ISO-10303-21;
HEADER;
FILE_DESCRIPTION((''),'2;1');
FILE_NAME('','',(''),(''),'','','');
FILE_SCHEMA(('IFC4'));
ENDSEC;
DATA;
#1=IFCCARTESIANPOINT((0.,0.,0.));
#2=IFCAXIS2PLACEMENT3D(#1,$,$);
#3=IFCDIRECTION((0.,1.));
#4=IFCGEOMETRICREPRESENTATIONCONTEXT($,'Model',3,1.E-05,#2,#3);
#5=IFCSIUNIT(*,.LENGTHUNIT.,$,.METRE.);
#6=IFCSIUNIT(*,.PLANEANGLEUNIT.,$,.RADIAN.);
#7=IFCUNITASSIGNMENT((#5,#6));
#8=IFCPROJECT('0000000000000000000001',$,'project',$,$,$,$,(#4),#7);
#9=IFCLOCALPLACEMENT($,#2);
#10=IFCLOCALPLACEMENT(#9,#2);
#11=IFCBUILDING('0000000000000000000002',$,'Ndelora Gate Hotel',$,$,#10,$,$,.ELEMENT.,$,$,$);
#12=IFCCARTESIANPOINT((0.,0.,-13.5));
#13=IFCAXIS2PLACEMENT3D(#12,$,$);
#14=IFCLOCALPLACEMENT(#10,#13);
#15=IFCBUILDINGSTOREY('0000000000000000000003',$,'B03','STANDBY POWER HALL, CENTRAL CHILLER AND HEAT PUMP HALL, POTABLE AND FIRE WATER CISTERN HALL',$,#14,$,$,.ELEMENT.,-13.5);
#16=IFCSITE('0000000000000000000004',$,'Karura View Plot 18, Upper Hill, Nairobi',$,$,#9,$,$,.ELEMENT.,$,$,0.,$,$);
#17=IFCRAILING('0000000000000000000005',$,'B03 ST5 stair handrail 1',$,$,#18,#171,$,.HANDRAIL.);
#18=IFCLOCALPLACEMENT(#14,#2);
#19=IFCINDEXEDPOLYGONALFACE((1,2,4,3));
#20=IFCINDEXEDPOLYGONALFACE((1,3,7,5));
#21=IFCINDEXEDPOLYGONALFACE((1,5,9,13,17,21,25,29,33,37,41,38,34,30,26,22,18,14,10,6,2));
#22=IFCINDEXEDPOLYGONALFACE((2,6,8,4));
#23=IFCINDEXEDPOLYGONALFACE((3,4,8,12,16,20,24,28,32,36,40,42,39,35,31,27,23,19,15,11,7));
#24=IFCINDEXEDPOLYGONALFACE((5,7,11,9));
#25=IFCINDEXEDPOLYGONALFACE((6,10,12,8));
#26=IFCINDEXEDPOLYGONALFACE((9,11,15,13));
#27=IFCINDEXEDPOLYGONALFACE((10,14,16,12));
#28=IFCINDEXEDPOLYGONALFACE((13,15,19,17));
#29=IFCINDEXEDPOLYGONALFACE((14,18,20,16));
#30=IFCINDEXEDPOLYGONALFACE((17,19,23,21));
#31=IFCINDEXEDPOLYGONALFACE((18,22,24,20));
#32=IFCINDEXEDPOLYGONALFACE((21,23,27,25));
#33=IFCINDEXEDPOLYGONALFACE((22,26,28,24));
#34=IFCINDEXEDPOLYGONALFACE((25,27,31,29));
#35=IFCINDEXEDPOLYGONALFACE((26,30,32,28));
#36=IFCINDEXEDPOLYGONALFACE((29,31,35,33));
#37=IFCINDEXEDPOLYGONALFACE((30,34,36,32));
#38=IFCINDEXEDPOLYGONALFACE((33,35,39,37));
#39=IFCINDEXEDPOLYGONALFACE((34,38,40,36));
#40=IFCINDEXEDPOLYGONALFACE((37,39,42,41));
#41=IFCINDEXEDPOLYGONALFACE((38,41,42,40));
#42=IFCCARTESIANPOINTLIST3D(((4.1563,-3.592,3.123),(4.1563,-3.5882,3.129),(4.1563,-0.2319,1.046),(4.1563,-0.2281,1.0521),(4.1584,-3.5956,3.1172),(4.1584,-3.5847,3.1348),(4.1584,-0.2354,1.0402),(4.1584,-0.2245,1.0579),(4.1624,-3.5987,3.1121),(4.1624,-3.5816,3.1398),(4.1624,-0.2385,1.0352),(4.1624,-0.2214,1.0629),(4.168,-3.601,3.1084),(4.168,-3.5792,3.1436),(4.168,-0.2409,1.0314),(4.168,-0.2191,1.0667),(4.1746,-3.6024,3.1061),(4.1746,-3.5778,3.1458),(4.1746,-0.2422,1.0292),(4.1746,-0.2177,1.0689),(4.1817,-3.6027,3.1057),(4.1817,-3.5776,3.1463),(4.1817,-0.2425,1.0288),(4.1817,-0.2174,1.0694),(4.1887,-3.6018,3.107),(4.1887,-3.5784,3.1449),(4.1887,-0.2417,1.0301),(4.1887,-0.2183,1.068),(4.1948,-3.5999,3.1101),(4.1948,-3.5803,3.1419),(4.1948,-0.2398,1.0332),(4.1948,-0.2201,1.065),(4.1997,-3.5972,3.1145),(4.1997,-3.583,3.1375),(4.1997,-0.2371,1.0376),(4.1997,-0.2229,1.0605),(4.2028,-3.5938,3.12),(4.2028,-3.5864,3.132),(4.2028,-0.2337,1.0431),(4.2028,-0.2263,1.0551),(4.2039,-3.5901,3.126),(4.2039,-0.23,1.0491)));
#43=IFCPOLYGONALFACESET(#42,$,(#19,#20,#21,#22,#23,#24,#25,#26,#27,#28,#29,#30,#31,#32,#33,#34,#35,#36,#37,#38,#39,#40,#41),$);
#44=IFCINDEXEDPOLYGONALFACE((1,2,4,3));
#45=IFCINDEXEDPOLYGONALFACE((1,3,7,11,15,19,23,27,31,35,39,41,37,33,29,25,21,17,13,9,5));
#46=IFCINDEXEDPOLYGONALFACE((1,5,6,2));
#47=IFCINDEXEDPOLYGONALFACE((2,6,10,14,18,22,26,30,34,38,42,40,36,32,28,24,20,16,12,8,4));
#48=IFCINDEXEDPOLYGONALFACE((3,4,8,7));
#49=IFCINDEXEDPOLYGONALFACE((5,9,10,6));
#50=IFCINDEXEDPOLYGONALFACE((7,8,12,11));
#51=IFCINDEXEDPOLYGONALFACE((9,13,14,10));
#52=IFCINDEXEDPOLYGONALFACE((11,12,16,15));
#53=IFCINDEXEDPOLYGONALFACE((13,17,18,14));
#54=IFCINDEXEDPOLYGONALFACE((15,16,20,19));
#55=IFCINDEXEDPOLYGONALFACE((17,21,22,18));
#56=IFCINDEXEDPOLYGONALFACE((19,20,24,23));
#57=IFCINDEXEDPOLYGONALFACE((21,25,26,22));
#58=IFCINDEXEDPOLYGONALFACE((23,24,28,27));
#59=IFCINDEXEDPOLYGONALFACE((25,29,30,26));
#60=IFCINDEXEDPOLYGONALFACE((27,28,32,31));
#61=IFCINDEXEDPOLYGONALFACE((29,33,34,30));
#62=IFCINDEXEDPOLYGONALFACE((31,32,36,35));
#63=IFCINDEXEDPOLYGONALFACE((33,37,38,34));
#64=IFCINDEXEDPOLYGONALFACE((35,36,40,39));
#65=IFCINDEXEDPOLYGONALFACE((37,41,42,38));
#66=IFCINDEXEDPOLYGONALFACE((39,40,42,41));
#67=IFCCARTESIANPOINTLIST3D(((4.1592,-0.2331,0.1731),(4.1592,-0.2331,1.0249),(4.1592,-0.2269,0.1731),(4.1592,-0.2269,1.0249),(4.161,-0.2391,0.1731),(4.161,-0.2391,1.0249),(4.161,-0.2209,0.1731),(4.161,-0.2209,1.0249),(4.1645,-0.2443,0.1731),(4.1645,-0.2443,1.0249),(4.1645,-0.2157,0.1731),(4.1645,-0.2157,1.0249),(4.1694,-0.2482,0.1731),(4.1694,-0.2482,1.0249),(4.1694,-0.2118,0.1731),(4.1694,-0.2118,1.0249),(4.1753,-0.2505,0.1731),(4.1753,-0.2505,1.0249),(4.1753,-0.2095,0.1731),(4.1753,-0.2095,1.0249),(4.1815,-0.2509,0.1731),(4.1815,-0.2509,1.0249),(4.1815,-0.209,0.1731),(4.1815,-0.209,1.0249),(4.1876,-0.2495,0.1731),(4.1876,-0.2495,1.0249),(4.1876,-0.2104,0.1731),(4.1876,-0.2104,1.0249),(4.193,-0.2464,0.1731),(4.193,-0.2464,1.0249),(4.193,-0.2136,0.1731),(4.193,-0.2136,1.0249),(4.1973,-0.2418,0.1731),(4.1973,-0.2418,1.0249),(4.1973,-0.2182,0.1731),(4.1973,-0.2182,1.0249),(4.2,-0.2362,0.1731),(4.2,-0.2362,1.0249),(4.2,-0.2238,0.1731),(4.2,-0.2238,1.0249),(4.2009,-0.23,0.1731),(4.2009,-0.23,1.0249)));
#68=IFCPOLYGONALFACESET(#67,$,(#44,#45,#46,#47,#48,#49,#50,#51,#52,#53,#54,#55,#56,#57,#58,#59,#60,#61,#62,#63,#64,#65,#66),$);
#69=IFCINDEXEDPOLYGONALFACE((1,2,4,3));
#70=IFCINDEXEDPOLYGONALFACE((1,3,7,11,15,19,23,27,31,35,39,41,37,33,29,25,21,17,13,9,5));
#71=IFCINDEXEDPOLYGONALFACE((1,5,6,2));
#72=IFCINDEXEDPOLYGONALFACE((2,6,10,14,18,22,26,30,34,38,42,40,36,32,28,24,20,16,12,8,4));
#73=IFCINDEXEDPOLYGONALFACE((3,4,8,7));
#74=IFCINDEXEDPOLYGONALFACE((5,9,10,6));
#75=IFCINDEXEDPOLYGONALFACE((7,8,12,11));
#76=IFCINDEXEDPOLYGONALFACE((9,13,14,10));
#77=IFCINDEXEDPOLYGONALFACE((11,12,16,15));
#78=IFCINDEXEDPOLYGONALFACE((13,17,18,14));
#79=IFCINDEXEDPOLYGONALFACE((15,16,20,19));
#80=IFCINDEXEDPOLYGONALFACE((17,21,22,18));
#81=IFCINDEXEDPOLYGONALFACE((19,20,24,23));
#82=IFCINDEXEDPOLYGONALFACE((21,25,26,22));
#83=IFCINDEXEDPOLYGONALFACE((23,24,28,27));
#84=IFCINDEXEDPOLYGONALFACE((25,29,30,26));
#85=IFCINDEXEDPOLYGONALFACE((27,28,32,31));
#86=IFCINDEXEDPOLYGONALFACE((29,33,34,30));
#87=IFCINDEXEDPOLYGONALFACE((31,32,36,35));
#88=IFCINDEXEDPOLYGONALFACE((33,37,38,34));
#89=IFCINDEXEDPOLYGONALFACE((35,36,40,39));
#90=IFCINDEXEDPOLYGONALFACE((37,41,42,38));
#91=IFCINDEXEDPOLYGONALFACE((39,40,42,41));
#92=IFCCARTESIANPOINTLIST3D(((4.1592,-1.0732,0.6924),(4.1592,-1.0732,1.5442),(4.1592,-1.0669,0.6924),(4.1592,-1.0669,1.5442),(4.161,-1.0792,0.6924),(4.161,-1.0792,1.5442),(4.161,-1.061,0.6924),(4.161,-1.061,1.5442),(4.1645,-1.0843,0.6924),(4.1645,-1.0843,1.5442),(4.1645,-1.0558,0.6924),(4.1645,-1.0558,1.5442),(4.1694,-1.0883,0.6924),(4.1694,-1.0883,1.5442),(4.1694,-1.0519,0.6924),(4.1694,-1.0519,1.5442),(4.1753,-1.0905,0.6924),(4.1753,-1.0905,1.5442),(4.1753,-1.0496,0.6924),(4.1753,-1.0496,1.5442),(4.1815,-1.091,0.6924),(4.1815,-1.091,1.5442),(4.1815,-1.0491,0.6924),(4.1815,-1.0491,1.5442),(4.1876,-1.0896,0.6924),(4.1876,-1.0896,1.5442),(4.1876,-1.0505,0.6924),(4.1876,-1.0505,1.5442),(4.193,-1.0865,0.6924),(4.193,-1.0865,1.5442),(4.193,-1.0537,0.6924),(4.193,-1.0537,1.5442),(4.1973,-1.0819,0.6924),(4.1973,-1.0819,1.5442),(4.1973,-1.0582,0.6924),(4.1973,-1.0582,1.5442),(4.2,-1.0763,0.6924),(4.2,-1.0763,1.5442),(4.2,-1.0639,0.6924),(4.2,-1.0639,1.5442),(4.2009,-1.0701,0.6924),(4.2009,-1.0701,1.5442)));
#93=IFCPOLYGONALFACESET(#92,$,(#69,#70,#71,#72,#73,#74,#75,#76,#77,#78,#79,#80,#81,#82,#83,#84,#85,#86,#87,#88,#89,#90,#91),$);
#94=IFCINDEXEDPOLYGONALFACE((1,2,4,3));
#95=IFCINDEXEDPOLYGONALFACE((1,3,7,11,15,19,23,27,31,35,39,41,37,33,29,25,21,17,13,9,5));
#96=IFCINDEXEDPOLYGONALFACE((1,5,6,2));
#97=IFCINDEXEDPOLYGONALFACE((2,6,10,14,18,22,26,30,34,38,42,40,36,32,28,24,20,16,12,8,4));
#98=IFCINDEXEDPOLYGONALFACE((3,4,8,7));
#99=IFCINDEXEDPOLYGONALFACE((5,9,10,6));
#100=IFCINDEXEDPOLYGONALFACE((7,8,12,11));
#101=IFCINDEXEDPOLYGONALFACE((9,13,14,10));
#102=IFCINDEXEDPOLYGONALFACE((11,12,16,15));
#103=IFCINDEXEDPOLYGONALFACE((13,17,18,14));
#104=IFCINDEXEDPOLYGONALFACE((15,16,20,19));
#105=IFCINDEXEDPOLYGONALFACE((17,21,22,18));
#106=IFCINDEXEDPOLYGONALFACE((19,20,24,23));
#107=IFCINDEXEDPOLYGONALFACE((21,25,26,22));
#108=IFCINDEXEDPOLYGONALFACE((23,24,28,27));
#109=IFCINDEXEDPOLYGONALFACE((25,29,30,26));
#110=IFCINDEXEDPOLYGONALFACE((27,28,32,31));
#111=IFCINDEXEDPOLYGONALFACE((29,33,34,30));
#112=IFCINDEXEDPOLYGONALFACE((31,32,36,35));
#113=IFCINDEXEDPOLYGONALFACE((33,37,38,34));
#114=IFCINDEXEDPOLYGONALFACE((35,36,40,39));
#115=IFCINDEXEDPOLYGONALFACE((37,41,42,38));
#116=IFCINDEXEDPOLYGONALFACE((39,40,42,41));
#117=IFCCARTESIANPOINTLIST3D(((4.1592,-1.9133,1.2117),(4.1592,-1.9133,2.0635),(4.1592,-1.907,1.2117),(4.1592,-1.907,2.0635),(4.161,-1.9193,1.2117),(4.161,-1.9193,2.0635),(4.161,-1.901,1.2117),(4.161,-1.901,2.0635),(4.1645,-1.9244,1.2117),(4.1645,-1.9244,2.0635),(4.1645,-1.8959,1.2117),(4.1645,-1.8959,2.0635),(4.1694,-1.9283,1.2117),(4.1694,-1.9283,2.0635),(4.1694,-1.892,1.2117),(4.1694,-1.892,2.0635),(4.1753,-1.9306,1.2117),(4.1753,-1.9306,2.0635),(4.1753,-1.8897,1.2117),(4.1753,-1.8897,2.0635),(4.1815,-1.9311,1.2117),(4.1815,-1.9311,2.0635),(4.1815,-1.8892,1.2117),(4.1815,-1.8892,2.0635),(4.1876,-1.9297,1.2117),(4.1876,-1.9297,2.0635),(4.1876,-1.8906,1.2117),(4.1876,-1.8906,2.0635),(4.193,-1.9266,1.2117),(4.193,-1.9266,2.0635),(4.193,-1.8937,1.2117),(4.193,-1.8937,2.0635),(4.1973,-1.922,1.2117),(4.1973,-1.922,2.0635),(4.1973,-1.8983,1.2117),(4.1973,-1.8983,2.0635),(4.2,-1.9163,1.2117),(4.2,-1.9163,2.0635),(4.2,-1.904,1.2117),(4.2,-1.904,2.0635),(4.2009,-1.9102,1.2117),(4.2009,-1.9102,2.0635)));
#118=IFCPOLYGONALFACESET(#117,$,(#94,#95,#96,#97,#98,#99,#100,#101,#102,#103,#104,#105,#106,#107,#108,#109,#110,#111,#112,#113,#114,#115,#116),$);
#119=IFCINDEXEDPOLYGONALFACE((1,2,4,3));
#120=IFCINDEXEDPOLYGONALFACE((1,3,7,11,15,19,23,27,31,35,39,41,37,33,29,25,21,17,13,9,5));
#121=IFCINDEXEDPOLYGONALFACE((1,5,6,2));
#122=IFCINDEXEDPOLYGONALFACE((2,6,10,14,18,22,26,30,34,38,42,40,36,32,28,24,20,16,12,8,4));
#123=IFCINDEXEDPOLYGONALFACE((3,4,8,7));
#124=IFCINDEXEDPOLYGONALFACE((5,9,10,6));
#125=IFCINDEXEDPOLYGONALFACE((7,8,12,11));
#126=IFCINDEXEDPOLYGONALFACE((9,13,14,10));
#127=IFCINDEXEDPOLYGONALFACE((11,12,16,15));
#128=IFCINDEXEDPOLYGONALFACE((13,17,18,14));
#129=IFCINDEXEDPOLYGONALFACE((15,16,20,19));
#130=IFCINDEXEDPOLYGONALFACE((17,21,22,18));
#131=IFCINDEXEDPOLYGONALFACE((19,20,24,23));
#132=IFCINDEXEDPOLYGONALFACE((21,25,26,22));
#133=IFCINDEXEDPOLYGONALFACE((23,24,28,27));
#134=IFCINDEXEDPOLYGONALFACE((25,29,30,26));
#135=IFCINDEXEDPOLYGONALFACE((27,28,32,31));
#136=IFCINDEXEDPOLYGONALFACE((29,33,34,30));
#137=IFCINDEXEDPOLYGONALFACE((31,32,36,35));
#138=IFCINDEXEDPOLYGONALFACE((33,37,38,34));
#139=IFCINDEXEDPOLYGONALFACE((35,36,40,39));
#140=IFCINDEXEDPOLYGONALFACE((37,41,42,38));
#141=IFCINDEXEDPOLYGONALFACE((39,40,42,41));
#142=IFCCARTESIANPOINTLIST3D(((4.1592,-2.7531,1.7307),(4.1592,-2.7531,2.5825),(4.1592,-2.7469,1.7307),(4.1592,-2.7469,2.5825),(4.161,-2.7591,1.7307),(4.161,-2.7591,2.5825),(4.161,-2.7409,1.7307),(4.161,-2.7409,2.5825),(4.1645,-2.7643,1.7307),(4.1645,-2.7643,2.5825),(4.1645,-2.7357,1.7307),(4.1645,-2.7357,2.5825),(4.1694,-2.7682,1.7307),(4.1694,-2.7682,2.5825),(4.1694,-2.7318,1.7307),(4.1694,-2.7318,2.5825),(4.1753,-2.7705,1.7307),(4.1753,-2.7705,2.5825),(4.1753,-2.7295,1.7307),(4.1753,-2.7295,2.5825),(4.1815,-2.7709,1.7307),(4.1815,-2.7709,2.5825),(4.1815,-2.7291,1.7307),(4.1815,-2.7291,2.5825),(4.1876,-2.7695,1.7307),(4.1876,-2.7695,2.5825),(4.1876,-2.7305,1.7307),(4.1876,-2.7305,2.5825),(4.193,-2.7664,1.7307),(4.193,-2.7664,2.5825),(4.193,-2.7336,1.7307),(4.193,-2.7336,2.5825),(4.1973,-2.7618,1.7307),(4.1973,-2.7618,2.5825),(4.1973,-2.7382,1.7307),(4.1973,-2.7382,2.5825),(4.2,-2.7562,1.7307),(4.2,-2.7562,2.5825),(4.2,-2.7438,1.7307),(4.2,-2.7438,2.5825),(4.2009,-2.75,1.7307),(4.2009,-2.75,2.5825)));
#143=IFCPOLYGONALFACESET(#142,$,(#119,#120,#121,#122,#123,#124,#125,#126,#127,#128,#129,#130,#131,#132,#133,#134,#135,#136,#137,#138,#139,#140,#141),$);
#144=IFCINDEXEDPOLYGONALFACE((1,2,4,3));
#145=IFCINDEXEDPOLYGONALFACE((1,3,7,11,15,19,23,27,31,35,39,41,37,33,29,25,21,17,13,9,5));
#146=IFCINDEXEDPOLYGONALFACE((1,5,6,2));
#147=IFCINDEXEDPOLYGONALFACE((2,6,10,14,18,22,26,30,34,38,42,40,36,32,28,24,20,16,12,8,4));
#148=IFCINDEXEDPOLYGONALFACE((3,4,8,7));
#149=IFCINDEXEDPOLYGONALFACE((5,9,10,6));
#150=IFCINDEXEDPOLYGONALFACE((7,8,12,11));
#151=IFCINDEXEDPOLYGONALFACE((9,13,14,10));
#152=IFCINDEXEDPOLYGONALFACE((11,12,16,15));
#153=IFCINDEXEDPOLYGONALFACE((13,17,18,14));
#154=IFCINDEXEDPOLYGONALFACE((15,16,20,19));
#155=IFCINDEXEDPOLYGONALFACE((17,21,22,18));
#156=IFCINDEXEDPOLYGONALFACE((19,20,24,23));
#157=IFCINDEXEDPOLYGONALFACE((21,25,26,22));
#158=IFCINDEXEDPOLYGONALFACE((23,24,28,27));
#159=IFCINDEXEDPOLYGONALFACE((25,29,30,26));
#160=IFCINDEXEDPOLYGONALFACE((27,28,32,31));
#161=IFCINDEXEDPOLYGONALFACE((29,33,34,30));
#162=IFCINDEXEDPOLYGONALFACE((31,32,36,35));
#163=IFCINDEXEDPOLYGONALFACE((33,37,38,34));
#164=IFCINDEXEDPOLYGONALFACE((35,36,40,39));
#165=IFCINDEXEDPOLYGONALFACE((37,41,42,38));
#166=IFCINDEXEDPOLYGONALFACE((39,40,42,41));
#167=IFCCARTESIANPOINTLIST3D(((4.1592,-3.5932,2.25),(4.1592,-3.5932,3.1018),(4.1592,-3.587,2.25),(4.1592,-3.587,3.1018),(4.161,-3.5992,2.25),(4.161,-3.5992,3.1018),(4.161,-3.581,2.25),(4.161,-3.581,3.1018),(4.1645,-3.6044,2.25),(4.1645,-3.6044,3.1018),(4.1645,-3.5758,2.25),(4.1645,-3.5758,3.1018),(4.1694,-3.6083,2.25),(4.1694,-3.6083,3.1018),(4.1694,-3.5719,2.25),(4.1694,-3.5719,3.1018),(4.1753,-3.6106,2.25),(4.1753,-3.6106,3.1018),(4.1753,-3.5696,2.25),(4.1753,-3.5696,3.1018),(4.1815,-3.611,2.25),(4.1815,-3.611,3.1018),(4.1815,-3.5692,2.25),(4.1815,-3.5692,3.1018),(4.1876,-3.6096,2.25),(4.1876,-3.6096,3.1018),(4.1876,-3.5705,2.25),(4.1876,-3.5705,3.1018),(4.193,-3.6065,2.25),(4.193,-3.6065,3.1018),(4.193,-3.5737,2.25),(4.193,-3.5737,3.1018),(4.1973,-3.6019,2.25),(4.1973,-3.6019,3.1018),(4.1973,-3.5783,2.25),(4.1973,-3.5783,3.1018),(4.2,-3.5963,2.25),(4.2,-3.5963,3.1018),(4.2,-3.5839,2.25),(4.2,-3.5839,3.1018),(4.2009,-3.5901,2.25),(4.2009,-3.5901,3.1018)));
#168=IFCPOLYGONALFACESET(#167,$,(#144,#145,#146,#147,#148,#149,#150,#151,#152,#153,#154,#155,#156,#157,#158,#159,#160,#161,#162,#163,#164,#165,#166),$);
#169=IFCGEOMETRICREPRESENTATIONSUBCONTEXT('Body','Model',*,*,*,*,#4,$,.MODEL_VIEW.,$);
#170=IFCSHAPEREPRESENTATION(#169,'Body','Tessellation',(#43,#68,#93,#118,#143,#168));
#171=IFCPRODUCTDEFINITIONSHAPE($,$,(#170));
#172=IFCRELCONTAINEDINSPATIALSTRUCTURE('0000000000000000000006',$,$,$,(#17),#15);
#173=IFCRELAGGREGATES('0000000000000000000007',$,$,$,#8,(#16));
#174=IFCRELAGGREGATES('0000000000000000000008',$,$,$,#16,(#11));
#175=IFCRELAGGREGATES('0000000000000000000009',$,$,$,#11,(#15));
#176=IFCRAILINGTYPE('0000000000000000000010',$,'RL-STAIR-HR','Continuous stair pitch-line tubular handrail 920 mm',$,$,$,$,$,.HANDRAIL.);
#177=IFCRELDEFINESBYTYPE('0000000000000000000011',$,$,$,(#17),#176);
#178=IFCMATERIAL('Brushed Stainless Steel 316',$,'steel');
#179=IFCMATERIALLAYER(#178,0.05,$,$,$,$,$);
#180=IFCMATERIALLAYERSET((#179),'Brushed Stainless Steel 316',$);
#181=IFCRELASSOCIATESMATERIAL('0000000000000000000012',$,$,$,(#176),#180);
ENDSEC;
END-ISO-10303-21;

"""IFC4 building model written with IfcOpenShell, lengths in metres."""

from ifc_helpers import new_model, si_unit, direction, frame, origin, origin_2d, place, context, subcontext, project, spatial, circle, extrude, material, layer, layer_set, type_object, element, save


model = new_model("IFC4")

# Units and contexts
model_context = context("Model", 3, precision=1e-05, world=origin(), true_north=direction((0.0, 1.0)))
body_context = subcontext(model_context, "Body", "Model", "MODEL_VIEW")
ifc_project = project(units=[si_unit("LENGTHUNIT", "METRE"), si_unit("PLANEANGLEUNIT", "RADIAN")], contexts=[model_context])

# Site, building, storey
site_placement = place(None, origin())
site = spatial("IfcSite", under=ifc_project, at=site_placement, Name="Karura View Plot 18, Upper Hill, Nairobi", CompositionType="ELEMENT", RefElevation=0.0)
building_placement = place(site_placement, origin())
building = spatial("IfcBuilding", under=site, at=building_placement, Name="Ndelora Gate Hotel", CompositionType="ELEMENT")
storey_placement = place(building_placement, frame((0.0, 0.0, -13.5)))
storey = spatial("IfcBuildingStorey", under=building, at=storey_placement, Name="B03", Description="STANDBY POWER HALL, CENTRAL CHILLER AND HEAT PUMP HALL, POTABLE AND FIRE WATER CISTERN HALL", CompositionType="ELEMENT", Elevation=-13.5)

# Railing
ifc_material_1 = material(Name="Brushed Stainless Steel 316", Category="steel")
ifc_layer_1 = layer(ifc_material_1, 0.05)
ifc_layer_set_1 = layer_set([ifc_layer_1], Name="Brushed Stainless Steel 316")
railing_type_1 = type_object("IfcRailingType", Name="RL-STAIR-HR", Description="Continuous stair pitch-line tubular handrail 920 mm", PredefinedType="HANDRAIL", material=ifc_layer_set_1)
railing_1_placement = place(storey_placement, frame((4.1799, -0.23, 0.1731)))
element("IfcRailing", 1, at=railing_1_placement, inside=storey, type_object=railing_type_1, Name="B03 ST5 stair handrail 1", PredefinedType="HANDRAIL", context=body_context, shape_type="SweptSolid", body=[
    extrude(circle(Radius=0.0239, at=origin_2d()), frame((0.0, 0.0, 0.876), z_axis=(0.0, -0.850623, 0.525776), x_axis=(1.0, 0.0, 0.0)), (0.0, 0.0, 1.0), 3.9502),
    extrude(circle(Radius=0.021, at=origin_2d()), origin(), (0.0, 0.0, 1.0), 0.8518),
    extrude(circle(Radius=0.021, at=origin_2d()), frame((0.0, -0.8401, 0.5193)), (0.0, 0.0, 1.0), 0.8518),
    extrude(circle(Radius=0.021, at=origin_2d()), frame((0.0, -1.6802, 1.0386)), (0.0, 0.0, 1.0), 0.8518),
    extrude(circle(Radius=0.021, at=origin_2d()), frame((0.0, -2.52, 1.5576)), (0.0, 0.0, 1.0), 0.8518),
    extrude(circle(Radius=0.021, at=origin_2d()), frame((0.0, -3.3601, 2.0769)), (0.0, 0.0, 1.0), 0.8518),
])

save(model, "model.ifc")
